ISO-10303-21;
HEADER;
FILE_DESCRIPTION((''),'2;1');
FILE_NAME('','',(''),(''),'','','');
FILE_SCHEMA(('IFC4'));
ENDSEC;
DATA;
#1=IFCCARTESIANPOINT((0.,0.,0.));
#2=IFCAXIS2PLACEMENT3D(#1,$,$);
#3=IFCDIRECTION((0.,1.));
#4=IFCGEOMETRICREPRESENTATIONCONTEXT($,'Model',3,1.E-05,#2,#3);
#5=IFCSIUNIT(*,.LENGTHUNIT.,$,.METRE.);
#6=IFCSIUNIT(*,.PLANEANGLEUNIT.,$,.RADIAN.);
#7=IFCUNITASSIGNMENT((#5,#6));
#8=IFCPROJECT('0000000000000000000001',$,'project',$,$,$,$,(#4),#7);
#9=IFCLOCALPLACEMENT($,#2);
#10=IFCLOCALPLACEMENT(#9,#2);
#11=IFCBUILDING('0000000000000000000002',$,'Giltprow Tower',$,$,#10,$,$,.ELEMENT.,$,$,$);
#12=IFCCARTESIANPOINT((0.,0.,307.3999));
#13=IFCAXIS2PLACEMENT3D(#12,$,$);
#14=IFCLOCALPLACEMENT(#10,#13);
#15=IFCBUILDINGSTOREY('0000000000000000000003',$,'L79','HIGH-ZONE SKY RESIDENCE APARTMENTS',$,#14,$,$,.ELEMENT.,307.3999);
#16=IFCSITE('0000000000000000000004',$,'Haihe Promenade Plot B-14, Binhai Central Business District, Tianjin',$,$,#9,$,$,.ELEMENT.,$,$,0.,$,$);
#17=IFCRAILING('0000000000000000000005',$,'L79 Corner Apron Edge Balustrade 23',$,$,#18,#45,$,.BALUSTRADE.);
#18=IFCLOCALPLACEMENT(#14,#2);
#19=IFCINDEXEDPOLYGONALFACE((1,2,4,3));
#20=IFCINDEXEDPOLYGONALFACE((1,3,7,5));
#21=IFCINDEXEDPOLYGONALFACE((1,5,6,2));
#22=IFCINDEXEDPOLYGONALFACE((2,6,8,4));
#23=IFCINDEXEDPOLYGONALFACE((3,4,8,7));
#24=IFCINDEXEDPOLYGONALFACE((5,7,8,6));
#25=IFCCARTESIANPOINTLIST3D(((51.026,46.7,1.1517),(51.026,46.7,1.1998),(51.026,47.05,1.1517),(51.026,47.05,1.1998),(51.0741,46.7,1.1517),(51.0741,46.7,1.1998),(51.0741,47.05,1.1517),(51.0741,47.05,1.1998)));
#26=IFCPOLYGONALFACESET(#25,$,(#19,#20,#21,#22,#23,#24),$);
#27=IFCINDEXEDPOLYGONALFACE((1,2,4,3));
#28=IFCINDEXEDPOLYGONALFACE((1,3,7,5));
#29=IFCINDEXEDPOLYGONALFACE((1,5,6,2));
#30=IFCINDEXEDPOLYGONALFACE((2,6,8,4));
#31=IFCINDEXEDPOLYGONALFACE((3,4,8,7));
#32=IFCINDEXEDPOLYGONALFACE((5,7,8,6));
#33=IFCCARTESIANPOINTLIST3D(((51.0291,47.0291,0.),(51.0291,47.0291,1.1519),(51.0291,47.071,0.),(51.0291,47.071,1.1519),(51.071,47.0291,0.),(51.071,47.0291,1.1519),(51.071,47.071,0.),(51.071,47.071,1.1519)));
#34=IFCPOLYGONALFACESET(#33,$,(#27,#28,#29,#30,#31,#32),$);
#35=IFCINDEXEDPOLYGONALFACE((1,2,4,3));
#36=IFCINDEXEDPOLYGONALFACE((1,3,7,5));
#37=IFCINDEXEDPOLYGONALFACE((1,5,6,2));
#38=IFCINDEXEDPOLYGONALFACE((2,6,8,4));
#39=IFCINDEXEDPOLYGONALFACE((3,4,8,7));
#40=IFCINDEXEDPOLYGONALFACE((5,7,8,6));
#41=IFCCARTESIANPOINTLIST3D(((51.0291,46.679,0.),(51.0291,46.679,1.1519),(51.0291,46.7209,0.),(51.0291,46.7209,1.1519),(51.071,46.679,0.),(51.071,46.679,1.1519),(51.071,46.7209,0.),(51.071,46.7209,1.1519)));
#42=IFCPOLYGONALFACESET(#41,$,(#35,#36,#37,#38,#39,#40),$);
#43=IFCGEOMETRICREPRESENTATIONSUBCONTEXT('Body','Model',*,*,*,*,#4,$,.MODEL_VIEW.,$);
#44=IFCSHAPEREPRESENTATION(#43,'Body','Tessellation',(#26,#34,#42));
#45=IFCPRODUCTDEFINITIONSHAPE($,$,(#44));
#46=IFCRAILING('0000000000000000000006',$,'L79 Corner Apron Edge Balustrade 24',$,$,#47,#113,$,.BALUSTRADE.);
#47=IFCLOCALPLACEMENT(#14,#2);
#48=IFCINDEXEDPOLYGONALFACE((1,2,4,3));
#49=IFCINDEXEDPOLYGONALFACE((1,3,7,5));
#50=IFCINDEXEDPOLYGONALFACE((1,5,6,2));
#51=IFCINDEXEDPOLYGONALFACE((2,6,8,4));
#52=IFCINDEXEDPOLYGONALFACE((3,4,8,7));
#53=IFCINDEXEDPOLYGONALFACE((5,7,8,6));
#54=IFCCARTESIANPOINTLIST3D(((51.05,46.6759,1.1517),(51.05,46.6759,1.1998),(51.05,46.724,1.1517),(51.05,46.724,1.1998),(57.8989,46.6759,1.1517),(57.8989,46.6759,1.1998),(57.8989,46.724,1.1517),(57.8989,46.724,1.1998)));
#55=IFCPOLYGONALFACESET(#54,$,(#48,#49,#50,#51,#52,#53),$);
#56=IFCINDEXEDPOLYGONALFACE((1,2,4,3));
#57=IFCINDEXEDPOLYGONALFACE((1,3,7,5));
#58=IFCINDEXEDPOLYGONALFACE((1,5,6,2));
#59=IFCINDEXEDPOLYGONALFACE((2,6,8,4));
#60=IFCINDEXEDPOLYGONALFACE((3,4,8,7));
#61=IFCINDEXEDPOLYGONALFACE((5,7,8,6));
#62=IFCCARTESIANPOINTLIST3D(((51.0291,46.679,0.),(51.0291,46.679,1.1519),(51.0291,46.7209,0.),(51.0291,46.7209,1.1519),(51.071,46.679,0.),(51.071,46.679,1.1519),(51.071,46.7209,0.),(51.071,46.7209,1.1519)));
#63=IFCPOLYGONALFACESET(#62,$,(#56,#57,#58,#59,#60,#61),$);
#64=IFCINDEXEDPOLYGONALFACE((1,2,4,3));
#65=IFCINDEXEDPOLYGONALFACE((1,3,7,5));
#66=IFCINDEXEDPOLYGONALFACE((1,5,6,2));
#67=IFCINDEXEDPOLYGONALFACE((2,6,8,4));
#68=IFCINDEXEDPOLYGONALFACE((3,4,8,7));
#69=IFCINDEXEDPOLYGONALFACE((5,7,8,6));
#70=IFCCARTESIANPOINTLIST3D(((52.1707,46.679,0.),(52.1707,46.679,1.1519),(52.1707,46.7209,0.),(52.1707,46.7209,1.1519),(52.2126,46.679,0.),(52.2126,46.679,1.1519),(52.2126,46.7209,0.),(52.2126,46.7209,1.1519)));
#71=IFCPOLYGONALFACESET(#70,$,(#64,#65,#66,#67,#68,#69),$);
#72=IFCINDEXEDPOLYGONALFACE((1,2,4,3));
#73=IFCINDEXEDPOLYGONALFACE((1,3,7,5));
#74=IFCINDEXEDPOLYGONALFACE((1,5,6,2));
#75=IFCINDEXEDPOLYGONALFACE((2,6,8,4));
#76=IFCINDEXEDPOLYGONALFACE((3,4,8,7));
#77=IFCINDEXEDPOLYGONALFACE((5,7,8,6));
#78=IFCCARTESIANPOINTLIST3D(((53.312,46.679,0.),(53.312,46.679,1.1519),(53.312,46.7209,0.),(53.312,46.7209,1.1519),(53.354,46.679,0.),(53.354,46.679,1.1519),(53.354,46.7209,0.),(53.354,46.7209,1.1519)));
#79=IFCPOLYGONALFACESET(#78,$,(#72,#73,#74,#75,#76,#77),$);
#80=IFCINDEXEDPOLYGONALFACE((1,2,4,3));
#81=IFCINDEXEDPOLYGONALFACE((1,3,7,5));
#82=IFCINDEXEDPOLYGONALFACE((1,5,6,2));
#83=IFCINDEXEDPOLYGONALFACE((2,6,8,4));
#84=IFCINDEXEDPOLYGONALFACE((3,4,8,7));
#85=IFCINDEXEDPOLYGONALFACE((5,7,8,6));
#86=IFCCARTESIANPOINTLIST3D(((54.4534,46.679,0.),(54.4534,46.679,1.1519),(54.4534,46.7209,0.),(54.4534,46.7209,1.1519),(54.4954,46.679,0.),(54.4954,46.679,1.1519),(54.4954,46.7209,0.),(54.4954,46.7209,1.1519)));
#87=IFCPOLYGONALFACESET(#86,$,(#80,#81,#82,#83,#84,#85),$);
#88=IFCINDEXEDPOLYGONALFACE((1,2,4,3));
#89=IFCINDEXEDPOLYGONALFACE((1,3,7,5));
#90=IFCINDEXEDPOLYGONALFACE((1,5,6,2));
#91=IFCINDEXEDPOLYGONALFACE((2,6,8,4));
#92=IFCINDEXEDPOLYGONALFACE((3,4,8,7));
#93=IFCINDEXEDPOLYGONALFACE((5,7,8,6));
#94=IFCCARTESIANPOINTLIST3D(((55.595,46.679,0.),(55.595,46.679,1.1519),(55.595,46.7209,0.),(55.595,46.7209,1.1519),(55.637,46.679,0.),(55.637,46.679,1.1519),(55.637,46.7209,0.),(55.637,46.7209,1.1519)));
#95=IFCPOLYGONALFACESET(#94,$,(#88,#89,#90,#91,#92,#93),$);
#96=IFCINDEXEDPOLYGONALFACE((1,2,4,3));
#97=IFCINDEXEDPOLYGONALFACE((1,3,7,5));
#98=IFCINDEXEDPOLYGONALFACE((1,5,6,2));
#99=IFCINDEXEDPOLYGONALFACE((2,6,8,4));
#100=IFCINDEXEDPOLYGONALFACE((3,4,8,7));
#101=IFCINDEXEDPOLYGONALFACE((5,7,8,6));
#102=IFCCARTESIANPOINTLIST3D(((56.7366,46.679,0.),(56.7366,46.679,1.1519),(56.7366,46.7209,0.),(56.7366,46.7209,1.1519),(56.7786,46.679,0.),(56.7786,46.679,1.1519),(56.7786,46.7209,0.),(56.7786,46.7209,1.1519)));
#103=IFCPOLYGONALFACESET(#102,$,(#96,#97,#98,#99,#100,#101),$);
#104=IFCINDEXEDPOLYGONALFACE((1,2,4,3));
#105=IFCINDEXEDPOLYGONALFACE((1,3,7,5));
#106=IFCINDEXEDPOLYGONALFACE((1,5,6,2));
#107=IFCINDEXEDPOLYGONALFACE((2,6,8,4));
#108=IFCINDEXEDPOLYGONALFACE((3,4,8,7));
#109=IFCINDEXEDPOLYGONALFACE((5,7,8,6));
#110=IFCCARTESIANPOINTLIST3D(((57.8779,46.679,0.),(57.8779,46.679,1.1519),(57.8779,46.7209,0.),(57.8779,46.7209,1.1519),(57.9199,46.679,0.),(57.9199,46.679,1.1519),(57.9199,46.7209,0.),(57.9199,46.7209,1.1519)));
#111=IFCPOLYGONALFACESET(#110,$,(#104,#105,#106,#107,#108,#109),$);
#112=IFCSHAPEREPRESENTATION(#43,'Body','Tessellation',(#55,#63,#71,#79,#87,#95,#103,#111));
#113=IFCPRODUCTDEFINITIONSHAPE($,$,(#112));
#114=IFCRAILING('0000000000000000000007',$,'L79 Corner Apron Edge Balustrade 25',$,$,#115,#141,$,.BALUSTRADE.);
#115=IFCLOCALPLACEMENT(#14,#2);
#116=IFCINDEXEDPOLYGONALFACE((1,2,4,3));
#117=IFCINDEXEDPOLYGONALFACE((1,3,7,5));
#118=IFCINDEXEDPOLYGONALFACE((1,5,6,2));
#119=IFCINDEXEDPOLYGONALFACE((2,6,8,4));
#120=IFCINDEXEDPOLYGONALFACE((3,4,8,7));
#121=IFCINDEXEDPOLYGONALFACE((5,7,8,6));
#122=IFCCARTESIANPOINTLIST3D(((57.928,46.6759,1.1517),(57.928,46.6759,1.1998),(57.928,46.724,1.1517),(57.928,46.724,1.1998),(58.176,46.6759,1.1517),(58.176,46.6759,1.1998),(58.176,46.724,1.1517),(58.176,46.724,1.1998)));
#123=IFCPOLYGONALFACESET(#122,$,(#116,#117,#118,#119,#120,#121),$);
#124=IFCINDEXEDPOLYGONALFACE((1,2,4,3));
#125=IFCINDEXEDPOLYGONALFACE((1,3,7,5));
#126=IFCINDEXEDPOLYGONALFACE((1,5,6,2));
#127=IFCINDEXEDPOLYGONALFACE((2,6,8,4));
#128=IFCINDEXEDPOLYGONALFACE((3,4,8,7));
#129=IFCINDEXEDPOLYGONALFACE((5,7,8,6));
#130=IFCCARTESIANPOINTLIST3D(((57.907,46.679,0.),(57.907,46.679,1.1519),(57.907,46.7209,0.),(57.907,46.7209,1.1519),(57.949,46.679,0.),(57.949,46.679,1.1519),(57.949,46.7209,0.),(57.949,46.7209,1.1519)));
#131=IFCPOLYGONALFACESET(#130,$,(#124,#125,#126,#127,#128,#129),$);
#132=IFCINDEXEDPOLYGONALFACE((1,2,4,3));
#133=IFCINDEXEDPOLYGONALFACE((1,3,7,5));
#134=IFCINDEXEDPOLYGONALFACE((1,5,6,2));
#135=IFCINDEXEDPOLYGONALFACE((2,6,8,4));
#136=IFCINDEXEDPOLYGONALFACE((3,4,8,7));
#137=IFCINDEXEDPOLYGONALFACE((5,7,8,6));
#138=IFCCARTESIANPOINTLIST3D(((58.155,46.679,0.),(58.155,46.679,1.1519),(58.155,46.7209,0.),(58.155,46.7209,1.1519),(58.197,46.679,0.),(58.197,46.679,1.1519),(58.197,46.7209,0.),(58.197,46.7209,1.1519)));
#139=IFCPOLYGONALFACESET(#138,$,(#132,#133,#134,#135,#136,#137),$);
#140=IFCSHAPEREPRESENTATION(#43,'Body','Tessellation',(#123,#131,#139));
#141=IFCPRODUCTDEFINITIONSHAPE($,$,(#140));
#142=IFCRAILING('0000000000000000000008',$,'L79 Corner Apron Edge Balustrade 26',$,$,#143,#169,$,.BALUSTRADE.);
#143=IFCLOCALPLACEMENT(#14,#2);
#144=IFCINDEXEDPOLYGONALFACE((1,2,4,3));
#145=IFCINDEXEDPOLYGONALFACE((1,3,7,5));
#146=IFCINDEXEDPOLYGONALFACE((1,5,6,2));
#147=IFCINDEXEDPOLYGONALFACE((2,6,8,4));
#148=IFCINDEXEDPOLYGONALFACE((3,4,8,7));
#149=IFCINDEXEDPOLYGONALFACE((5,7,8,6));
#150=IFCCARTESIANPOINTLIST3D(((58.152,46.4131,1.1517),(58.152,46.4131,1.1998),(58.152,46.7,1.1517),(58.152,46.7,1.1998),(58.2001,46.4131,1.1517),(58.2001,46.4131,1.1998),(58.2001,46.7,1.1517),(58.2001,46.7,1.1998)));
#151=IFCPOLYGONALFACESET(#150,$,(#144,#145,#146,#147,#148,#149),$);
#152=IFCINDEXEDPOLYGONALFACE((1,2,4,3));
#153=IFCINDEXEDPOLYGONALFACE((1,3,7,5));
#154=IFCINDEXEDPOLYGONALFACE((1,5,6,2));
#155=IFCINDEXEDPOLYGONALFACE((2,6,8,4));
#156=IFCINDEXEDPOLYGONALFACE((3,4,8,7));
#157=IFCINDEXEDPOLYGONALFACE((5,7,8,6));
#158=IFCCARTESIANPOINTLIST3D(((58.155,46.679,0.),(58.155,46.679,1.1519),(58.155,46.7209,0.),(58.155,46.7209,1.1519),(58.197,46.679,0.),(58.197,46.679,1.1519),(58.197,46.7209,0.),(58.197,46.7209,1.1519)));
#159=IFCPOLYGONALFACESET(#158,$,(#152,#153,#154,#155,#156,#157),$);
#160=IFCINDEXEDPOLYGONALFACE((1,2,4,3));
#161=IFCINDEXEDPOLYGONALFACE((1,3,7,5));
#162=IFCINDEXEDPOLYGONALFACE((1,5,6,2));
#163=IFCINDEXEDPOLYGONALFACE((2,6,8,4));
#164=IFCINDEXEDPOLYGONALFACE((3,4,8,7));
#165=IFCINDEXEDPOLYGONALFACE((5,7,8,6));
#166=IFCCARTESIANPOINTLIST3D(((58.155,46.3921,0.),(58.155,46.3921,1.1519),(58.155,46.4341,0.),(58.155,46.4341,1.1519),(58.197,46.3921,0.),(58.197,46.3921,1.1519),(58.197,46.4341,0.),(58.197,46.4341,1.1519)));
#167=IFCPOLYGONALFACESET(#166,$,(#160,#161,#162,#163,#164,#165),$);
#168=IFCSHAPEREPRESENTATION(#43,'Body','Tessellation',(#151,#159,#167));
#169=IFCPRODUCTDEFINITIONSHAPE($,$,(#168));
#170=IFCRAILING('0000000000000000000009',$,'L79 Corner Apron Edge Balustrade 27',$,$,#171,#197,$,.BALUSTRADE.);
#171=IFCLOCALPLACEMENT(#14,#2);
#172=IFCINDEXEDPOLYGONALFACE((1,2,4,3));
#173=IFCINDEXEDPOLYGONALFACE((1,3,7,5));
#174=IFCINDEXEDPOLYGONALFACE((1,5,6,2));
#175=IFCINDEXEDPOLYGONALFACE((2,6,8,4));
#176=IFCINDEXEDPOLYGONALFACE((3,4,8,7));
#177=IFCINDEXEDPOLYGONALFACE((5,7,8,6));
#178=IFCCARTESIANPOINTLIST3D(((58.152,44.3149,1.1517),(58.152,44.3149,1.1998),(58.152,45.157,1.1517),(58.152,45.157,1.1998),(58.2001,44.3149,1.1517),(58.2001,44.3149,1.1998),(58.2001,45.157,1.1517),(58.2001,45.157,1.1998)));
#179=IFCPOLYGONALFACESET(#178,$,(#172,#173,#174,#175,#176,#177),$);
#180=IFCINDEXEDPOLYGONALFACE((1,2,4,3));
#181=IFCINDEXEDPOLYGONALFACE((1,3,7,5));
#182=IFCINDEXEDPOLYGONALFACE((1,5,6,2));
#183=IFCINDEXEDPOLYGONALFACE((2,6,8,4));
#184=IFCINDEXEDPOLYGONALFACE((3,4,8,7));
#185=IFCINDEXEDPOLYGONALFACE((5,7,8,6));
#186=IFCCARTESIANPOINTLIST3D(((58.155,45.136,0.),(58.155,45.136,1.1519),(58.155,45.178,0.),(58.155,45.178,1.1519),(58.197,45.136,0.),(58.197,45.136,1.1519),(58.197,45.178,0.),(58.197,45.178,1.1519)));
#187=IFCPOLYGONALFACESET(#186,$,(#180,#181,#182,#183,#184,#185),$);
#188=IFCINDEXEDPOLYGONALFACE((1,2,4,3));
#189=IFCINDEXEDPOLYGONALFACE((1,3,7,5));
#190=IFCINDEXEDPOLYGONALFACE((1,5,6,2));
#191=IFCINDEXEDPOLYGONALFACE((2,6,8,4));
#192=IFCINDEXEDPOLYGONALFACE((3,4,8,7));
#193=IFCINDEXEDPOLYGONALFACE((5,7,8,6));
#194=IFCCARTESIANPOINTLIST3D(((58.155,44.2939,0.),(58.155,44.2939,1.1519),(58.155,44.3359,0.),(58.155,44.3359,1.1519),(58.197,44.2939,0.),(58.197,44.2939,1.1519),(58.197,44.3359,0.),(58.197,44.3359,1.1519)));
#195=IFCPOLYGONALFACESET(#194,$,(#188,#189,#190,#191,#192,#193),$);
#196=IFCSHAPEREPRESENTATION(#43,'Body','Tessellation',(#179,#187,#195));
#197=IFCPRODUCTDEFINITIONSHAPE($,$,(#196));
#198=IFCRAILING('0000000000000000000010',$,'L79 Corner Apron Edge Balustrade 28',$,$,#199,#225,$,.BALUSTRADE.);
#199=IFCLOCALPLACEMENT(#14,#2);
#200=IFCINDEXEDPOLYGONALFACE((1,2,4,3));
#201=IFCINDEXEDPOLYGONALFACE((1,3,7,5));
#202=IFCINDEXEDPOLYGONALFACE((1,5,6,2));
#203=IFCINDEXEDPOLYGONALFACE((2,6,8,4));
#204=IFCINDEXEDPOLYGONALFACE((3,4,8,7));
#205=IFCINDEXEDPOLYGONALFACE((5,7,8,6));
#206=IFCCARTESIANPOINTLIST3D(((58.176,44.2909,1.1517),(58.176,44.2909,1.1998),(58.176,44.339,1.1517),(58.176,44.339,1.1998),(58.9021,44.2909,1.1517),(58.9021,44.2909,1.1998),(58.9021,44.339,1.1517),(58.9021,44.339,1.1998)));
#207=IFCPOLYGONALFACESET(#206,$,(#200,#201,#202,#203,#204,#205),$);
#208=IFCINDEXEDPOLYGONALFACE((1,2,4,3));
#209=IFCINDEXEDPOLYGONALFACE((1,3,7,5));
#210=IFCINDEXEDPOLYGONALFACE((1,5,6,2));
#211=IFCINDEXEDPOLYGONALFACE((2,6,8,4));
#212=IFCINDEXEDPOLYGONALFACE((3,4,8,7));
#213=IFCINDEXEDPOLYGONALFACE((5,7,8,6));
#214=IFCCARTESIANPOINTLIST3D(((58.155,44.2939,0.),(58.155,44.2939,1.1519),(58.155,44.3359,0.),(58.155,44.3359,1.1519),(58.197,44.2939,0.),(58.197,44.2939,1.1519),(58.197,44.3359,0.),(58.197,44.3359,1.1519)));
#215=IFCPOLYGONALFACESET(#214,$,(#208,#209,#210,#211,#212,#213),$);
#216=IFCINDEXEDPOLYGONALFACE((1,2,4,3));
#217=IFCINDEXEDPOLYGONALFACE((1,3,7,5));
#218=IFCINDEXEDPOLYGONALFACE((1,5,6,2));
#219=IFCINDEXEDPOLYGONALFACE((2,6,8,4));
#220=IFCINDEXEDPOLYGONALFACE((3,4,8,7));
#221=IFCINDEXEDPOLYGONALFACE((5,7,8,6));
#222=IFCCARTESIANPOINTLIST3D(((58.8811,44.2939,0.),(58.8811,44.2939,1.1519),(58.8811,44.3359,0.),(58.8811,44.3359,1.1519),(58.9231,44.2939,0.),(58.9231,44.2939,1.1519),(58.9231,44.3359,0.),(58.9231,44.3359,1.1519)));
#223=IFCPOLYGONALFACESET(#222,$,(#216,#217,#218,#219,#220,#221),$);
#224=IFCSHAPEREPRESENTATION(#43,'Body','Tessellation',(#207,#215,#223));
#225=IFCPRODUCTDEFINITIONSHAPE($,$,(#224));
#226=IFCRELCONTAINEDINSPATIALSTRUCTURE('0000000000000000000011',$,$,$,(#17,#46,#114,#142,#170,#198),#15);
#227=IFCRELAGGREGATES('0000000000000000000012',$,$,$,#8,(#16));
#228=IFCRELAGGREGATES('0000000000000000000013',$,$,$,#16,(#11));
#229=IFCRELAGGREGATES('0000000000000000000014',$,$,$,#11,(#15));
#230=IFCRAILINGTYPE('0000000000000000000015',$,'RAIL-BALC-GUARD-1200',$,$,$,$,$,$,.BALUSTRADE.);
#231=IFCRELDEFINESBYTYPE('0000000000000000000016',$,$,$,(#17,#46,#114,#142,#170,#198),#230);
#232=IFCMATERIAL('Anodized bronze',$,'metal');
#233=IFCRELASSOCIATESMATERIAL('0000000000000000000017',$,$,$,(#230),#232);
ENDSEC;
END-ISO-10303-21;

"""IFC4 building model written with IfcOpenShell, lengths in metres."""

from ifc_helpers import new_model, si_unit, direction, frame, origin, origin_2d, place, context, subcontext, project, spatial, rectangle, extrude, material, type_object, element, save


model = new_model("IFC4")

# Units and contexts
model_context = context("Model", 3, precision=1e-05, world=origin(), true_north=direction((0.0, 1.0)))
body_context = subcontext(model_context, "Body", "Model", "MODEL_VIEW")
ifc_project = project(units=[si_unit("LENGTHUNIT", "METRE"), si_unit("PLANEANGLEUNIT", "RADIAN")], contexts=[model_context])

# Site, building, storey
site_placement = place(None, origin())
site = spatial("IfcSite", under=ifc_project, at=site_placement, Name="Haihe Promenade Plot B-14, Binhai Central Business District, Tianjin", CompositionType="ELEMENT", RefElevation=0.0)
building_placement = place(site_placement, origin())
building = spatial("IfcBuilding", under=site, at=building_placement, Name="Giltprow Tower", CompositionType="ELEMENT")
storey_placement = place(building_placement, frame((0.0, 0.0, 307.3999)))
storey = spatial("IfcBuildingStorey", under=building, at=storey_placement, Name="L79", Description="HIGH-ZONE SKY RESIDENCE APARTMENTS", CompositionType="ELEMENT", Elevation=307.3999)

# Railings
ifc_material_1 = material(Name="Anodized bronze", Category="metal")
railing_type = type_object("IfcRailingType", Name="RAIL-BALC-GUARD-1200", PredefinedType="BALUSTRADE", material=ifc_material_1)
railing_1_placement = place(storey_placement, frame((51.05, 47.05, 0.0)))
element("IfcRailing", 1, at=railing_1_placement, inside=storey, type_object=railing_type, Name="L79 Corner Apron Edge Balustrade 23", PredefinedType="BALUSTRADE", context=body_context, shape_type="SweptSolid", body=[
    extrude(rectangle(XDim=0.0481, YDim=0.0481, at=origin_2d()), frame((0.0, 0.0, 1.1758), z_axis=(0.0, -1.0, 0.0), x_axis=(1.0, 0.0, 0.0)), (0.0, 0.0, 1.0), 0.3501),
    extrude(rectangle(XDim=0.042, YDim=0.042, at=origin_2d()), origin(), (0.0, 0.0, 1.0), 1.1519),
    extrude(rectangle(XDim=0.042, YDim=0.042, at=origin_2d()), frame((0.0, -0.3501, 0.0)), (0.0, 0.0, 1.0), 1.1519),
])
railing_2_placement = place(storey_placement, frame((51.05, 46.7, 0.0)))
element("IfcRailing", 2, at=railing_2_placement, inside=storey, type_object=railing_type, Name="L79 Corner Apron Edge Balustrade 24", PredefinedType="BALUSTRADE", context=body_context, shape_type="SweptSolid", body=[
    extrude(rectangle(XDim=0.0481, YDim=0.0481, at=origin_2d()), frame((0.0, 0.0, 1.1758), z_axis=(1.0, 0.0, 0.0), x_axis=(0.0, 1.0, 0.0)), (0.0, 0.0, 1.0), 6.8489),
    extrude(rectangle(XDim=0.042, YDim=0.042, at=origin_2d()), origin(), (0.0, 0.0, 1.0), 1.1519),
    extrude(rectangle(XDim=0.042, YDim=0.042, at=origin_2d()), frame((1.1416, 0.0, 0.0)), (0.0, 0.0, 1.0), 1.1519),
    extrude(rectangle(XDim=0.042, YDim=0.042, at=origin_2d()), frame((2.283, 0.0, 0.0)), (0.0, 0.0, 1.0), 1.1519),
    extrude(rectangle(XDim=0.042, YDim=0.042, at=origin_2d()), frame((3.4243, 0.0, 0.0)), (0.0, 0.0, 1.0), 1.1519),
    extrude(rectangle(XDim=0.042, YDim=0.042, at=origin_2d()), frame((4.5659, 0.0, 0.0)), (0.0, 0.0, 1.0), 1.1519),
    extrude(rectangle(XDim=0.042, YDim=0.042, at=origin_2d()), frame((5.7075, 0.0, 0.0)), (0.0, 0.0, 1.0), 1.1519),
    extrude(rectangle(XDim=0.042, YDim=0.042, at=origin_2d()), frame((6.8489, 0.0, 0.0)), (0.0, 0.0, 1.0), 1.1519),
])
railing_3_placement = place(storey_placement, frame((57.928, 46.7, 0.0)))
element("IfcRailing", 3, at=railing_3_placement, inside=storey, type_object=railing_type, Name="L79 Corner Apron Edge Balustrade 25", PredefinedType="BALUSTRADE", context=body_context, shape_type="SweptSolid", body=[
    extrude(rectangle(XDim=0.0481, YDim=0.0481, at=origin_2d()), frame((0.0, 0.0, 1.1758), z_axis=(1.0, 0.0, 0.0), x_axis=(0.0, 1.0, 0.0)), (0.0, 0.0, 1.0), 0.248),
    extrude(rectangle(XDim=0.042, YDim=0.042, at=origin_2d()), origin(), (0.0, 0.0, 1.0), 1.1519),
    extrude(rectangle(XDim=0.042, YDim=0.042, at=origin_2d()), frame((0.248, 0.0, 0.0)), (0.0, 0.0, 1.0), 1.1519),
])
railing_4_placement = place(storey_placement, frame((58.176, 46.7, 0.0)))
element("IfcRailing", 4, at=railing_4_placement, inside=storey, type_object=railing_type, Name="L79 Corner Apron Edge Balustrade 26", PredefinedType="BALUSTRADE", context=body_context, shape_type="SweptSolid", body=[
    extrude(rectangle(XDim=0.0481, YDim=0.0481, at=origin_2d()), frame((0.0, 0.0, 1.1758), z_axis=(0.0, -1.0, 0.0), x_axis=(1.0, 0.0, 0.0)), (0.0, 0.0, 1.0), 0.2869),
    extrude(rectangle(XDim=0.042, YDim=0.042, at=origin_2d()), origin(), (0.0, 0.0, 1.0), 1.1519),
    extrude(rectangle(XDim=0.042, YDim=0.042, at=origin_2d()), frame((0.0, -0.2869, 0.0)), (0.0, 0.0, 1.0), 1.1519),
])
railing_5_placement = place(storey_placement, frame((58.176, 45.157, 0.0)))
element("IfcRailing", 5, at=railing_5_placement, inside=storey, type_object=railing_type, Name="L79 Corner Apron Edge Balustrade 27", PredefinedType="BALUSTRADE", context=body_context, shape_type="SweptSolid", body=[
    extrude(rectangle(XDim=0.0481, YDim=0.0481, at=origin_2d()), frame((0.0, 0.0, 1.1758), z_axis=(0.0, -1.0, 0.0), x_axis=(1.0, 0.0, 0.0)), (0.0, 0.0, 1.0), 0.842),
    extrude(rectangle(XDim=0.042, YDim=0.042, at=origin_2d()), origin(), (0.0, 0.0, 1.0), 1.1519),
    extrude(rectangle(XDim=0.042, YDim=0.042, at=origin_2d()), frame((0.0, -0.842, 0.0)), (0.0, 0.0, 1.0), 1.1519),
])
railing_6_placement = place(storey_placement, frame((58.176, 44.3149, 0.0)))
element("IfcRailing", 6, at=railing_6_placement, inside=storey, type_object=railing_type, Name="L79 Corner Apron Edge Balustrade 28", PredefinedType="BALUSTRADE", context=body_context, shape_type="SweptSolid", body=[
    extrude(rectangle(XDim=0.0481, YDim=0.0481, at=origin_2d()), frame((0.0, 0.0, 1.1758), z_axis=(1.0, 0.0, 0.0), x_axis=(0.0, 1.0, 0.0)), (0.0, 0.0, 1.0), 0.7261),
    extrude(rectangle(XDim=0.042, YDim=0.042, at=origin_2d()), origin(), (0.0, 0.0, 1.0), 1.1519),
    extrude(rectangle(XDim=0.042, YDim=0.042, at=origin_2d()), frame((0.7261, 0.0, 0.0)), (0.0, 0.0, 1.0), 1.1519),
])

save(model, "model.ifc")
